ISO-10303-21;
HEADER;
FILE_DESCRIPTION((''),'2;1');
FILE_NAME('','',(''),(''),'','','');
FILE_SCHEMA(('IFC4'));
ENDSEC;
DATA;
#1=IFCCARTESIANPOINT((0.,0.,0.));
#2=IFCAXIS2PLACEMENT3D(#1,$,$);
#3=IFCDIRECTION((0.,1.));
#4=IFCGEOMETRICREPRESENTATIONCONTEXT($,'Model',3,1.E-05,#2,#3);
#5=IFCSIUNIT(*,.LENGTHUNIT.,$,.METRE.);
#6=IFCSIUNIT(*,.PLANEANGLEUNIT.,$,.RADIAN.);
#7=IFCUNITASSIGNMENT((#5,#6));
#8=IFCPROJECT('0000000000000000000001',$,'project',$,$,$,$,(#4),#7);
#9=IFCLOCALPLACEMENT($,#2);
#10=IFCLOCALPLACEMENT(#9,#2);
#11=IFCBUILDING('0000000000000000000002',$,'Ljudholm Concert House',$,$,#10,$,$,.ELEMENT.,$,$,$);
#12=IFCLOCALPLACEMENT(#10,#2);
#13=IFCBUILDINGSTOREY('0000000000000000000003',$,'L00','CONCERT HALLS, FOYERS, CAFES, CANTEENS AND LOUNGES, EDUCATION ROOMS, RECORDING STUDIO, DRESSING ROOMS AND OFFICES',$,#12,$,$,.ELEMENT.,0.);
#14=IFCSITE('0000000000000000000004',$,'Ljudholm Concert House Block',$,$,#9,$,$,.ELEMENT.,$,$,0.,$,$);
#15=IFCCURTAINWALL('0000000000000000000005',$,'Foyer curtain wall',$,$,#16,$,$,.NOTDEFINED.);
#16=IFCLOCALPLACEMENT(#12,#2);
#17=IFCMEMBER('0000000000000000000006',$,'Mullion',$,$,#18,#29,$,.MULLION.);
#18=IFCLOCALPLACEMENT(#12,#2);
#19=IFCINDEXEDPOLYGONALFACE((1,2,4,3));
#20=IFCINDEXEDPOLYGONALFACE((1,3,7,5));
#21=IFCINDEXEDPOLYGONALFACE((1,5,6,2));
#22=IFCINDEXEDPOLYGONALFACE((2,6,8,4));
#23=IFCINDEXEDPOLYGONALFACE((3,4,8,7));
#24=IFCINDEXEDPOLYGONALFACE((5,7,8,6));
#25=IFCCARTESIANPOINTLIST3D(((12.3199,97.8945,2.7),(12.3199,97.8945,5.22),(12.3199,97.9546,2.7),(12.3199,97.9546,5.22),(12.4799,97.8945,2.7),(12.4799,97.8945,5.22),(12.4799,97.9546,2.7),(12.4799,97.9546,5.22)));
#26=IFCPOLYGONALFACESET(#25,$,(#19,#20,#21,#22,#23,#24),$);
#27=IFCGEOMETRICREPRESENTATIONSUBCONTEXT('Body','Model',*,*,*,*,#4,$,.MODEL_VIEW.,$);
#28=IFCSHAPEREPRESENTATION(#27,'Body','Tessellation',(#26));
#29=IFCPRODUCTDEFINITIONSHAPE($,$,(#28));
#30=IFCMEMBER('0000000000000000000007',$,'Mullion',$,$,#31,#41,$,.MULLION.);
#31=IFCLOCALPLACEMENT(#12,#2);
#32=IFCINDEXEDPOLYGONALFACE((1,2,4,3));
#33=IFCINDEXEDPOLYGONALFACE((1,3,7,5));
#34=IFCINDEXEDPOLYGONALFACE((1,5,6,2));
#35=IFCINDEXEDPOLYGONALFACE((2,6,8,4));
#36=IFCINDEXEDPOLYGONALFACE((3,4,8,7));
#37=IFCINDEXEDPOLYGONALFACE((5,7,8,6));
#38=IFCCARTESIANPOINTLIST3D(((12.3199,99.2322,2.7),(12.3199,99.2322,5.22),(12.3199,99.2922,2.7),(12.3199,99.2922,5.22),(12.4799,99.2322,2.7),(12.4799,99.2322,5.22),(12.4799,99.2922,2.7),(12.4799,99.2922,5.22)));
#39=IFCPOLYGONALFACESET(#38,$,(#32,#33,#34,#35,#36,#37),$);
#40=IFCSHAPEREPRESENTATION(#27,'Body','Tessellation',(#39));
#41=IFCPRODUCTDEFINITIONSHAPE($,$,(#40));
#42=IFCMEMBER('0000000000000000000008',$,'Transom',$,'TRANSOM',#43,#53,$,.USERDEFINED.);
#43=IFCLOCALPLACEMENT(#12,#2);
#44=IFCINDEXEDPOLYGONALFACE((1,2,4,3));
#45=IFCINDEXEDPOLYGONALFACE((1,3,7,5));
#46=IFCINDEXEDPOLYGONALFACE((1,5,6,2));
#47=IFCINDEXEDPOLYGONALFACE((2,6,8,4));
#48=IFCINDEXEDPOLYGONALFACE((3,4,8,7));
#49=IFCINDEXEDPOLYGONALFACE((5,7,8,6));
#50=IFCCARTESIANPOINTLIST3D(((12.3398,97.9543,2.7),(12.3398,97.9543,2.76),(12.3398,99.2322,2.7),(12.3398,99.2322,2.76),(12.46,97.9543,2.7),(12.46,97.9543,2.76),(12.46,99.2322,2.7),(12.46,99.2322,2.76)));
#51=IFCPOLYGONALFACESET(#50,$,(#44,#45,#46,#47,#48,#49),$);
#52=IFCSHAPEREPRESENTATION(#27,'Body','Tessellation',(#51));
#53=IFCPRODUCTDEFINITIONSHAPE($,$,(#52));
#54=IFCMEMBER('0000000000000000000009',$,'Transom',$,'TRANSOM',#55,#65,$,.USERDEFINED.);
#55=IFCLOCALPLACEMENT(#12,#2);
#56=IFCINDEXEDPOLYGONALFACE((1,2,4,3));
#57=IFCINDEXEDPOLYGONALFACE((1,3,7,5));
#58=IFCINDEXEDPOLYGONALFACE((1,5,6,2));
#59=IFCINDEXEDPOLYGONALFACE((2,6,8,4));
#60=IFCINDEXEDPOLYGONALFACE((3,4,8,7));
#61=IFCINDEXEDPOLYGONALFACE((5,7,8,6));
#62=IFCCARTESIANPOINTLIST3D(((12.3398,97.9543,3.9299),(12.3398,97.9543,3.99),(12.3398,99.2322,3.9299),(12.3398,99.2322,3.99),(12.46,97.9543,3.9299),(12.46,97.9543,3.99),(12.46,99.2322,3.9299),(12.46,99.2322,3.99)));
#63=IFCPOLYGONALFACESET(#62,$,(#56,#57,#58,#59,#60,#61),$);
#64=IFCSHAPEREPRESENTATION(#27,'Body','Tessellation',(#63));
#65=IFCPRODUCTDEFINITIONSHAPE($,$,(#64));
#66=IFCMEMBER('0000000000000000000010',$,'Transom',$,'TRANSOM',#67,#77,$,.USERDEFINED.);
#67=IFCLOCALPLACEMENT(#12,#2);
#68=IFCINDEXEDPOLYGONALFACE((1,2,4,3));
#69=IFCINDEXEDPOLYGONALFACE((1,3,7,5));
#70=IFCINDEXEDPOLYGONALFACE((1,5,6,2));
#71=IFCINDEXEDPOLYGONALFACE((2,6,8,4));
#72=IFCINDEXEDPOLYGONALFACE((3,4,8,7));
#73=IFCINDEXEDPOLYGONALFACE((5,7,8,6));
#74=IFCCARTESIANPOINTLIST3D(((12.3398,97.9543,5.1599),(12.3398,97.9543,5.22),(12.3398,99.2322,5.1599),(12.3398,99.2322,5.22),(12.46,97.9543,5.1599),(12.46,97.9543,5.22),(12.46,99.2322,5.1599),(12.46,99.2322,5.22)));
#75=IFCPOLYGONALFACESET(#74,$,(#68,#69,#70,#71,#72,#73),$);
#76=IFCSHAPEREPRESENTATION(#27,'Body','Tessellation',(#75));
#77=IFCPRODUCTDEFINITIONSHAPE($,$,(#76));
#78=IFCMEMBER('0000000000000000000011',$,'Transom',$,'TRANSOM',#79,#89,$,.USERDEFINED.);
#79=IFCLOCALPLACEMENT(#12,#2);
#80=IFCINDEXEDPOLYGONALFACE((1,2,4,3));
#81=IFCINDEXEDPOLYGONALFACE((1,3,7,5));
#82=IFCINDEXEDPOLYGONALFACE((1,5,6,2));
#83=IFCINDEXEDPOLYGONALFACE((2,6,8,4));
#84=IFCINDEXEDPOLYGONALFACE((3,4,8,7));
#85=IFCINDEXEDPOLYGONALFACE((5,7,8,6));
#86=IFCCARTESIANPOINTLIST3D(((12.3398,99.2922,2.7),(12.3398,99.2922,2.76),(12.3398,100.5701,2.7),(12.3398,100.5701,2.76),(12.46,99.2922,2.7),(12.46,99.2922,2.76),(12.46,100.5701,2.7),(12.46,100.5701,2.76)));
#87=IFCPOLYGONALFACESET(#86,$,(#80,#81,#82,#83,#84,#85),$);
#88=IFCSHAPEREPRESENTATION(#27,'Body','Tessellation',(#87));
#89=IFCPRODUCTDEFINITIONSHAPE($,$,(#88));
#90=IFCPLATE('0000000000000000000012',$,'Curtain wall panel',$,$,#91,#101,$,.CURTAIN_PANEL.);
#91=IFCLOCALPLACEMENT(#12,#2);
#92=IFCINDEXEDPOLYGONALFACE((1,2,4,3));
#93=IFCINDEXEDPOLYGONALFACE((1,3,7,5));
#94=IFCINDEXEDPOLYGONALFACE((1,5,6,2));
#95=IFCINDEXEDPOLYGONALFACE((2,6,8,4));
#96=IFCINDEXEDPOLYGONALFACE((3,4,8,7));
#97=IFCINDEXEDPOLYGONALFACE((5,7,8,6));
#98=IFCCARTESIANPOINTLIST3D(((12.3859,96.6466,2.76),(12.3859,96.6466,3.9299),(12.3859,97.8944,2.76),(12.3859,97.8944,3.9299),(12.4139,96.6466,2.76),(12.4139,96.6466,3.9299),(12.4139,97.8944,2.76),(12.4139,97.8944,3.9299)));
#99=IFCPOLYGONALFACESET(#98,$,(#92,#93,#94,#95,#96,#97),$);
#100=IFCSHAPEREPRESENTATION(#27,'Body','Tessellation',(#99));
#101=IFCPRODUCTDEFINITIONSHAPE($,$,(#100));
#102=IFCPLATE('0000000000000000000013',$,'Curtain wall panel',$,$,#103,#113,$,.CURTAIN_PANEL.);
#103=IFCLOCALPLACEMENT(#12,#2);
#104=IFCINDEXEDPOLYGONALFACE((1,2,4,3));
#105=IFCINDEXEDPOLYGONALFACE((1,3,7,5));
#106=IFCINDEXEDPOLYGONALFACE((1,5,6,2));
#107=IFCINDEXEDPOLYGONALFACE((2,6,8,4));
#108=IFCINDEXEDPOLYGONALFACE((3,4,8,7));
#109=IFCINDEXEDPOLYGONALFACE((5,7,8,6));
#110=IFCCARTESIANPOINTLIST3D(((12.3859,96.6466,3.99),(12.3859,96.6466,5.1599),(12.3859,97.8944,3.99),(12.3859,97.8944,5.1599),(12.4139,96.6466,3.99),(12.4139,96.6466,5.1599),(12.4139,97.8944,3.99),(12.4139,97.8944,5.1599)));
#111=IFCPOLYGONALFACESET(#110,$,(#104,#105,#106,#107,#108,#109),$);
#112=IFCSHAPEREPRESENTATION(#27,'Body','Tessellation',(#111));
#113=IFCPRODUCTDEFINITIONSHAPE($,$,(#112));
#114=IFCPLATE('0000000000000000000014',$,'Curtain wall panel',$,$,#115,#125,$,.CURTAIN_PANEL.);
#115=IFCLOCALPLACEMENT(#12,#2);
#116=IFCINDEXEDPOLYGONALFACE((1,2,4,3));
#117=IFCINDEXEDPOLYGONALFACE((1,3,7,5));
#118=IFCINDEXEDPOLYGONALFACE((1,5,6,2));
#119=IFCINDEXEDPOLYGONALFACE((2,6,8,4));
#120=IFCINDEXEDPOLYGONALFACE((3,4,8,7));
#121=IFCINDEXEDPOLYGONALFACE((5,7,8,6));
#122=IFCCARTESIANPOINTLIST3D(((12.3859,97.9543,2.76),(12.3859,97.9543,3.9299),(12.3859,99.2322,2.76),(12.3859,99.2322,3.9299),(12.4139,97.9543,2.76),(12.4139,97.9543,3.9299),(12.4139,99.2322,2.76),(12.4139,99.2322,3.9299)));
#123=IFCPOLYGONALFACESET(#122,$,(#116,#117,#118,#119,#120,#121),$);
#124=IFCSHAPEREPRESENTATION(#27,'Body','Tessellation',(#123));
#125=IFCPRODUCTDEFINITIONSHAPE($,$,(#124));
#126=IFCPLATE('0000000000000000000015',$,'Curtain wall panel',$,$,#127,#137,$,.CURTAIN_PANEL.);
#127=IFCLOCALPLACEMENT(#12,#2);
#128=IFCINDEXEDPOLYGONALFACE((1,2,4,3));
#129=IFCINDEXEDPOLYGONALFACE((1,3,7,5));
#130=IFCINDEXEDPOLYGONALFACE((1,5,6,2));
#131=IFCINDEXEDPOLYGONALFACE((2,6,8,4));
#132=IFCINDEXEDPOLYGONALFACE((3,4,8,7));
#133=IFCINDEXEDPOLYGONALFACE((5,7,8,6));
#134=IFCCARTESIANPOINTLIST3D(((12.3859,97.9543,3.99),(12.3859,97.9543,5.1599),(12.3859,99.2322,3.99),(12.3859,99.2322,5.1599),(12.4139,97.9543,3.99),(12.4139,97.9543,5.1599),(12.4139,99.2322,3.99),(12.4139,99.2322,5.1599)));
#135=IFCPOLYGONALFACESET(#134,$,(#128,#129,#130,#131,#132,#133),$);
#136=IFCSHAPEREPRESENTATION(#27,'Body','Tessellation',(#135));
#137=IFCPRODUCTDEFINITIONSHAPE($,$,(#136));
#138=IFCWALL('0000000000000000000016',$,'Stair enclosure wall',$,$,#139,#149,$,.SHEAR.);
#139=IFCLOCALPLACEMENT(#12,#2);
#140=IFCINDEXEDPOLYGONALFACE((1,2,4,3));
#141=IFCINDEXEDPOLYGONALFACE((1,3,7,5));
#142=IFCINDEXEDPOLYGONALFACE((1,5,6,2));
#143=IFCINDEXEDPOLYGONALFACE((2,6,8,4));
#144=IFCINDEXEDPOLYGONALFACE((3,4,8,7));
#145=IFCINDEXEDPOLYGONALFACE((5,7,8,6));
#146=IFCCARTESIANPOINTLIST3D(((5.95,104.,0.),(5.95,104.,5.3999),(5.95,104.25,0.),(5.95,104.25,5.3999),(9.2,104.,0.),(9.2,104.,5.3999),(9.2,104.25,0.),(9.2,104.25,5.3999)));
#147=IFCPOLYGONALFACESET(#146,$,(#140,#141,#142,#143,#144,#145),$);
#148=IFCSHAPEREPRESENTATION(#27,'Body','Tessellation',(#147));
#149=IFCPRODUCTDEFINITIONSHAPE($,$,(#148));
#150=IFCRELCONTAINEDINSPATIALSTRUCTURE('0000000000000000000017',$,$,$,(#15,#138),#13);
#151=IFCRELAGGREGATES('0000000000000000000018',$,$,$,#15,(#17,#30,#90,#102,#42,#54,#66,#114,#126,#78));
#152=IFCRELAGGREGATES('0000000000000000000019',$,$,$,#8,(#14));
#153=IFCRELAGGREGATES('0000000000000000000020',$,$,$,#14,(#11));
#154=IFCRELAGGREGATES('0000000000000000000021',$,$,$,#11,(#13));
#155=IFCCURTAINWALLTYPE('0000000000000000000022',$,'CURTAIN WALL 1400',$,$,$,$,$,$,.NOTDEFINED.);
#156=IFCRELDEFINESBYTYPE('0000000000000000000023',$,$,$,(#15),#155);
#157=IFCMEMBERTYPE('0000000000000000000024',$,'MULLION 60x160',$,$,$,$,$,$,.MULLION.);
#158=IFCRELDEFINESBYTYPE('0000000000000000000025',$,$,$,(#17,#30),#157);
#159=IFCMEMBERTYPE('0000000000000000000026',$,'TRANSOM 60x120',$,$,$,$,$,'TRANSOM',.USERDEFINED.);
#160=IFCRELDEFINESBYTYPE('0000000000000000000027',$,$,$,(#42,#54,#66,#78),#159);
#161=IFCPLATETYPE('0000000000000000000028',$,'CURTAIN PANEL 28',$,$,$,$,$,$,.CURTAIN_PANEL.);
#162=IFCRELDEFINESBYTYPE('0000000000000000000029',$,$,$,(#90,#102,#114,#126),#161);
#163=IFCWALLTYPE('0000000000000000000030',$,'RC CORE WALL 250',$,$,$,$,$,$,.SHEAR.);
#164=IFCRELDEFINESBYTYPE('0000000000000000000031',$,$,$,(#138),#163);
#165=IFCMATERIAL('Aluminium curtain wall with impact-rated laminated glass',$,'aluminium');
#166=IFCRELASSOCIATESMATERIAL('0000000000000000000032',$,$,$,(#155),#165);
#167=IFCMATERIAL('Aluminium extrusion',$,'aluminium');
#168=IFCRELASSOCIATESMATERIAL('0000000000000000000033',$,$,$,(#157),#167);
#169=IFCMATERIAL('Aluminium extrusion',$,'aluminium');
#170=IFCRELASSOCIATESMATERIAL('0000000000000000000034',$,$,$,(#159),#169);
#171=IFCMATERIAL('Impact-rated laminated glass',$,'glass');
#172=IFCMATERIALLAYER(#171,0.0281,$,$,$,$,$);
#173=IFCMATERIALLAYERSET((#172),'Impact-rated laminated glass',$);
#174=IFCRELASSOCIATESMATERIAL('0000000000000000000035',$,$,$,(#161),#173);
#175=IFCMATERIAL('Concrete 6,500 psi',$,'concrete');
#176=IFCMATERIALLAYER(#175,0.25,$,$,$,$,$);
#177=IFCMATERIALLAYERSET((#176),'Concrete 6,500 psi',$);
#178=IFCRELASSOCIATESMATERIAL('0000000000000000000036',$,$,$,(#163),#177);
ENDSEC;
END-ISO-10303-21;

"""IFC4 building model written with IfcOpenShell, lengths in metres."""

from ifc_helpers import new_model, si_unit, direction, frame, frame_2d, origin, origin_2d, place, context, subcontext, project, spatial, rectangle, extrude, material, layer, layer_set, material_profile, profile_set, type_object, element, aggregate, save


model = new_model("IFC4")

# Units and contexts
model_context = context("Model", 3, precision=1e-05, world=origin(), true_north=direction((0.0, 1.0)))
body_context = subcontext(model_context, "Body", "Model", "MODEL_VIEW")
ifc_project = project(units=[si_unit("LENGTHUNIT", "METRE"), si_unit("PLANEANGLEUNIT", "RADIAN")], contexts=[model_context])

# Site, building, storey
site_placement = place(None, origin())
site = spatial("IfcSite", under=ifc_project, at=site_placement, Name="Ljudholm Concert House Block", CompositionType="ELEMENT", RefElevation=0.0)
building_placement = place(site_placement, origin())
building = spatial("IfcBuilding", under=site, at=building_placement, Name="Ljudholm Concert House", CompositionType="ELEMENT")
storey_placement = place(building_placement, origin())
storey = spatial("IfcBuildingStorey", under=building, at=storey_placement, Name="L00", Description="CONCERT HALLS, FOYERS, CAFES, CANTEENS AND LOUNGES, EDUCATION ROOMS, RECORDING STUDIO, DRESSING ROOMS AND OFFICES", CompositionType="ELEMENT", Elevation=0.0)

# Curtain wall, members, plates
ifc_material_1 = material(Name="Aluminium curtain wall with impact-rated laminated glass", Category="aluminium")
curtain_wall_type = type_object("IfcCurtainWallType", Name="CURTAIN WALL 1400", PredefinedType="NOTDEFINED", material=ifc_material_1)
curtain_wall_placement = place(storey_placement, origin())
curtain_wall = element("IfcCurtainWall", 1, at=curtain_wall_placement, inside=storey, type_object=curtain_wall_type, Name="Foyer curtain wall", PredefinedType="NOTDEFINED")
ifc_material_2 = material(Name="Aluminium extrusion", Category="aluminium")
ifc_material_profile_1 = material_profile(ifc_material_2, rectangle(XDim=0.1599, YDim=0.0601, at=origin_2d()), Name="MULLION 60x160")
ifc_profile_set_1 = profile_set([ifc_material_profile_1], Name="Aluminium extrusion")
member_type_1 = type_object("IfcMemberType", Name="MULLION 60x160", PredefinedType="MULLION", material=ifc_profile_set_1)
member_1_placement = place(storey_placement, frame((12.3999, 97.9246, 2.7), z_axis=(0.0, 0.0, 1.0), x_axis=(-1.0, 0.0, 0.0)))
member_1 = element("IfcMember", 2, at=member_1_placement, type_object=member_type_1, Name="Mullion", PredefinedType="MULLION", context=body_context, shape_type="SweptSolid", body=[
    extrude(rectangle(XDim=0.1599, YDim=0.0601, at=origin_2d()), origin(), (0.0, 0.0, 1.0), 2.52),
])
member_2_placement = place(storey_placement, frame((12.3999, 99.2622, 2.7), z_axis=(0.0, 0.0, 1.0), x_axis=(-1.0, 0.0, 0.0)))
member_2 = element("IfcMember", 3, at=member_2_placement, type_object=member_type_1, Name="Mullion", PredefinedType="MULLION", context=body_context, shape_type="SweptSolid", body=[
    extrude(rectangle(XDim=0.1599, YDim=0.0601, at=origin_2d()), origin(), (0.0, 0.0, 1.0), 2.52),
])
ifc_material_3 = material(Name="Aluminium extrusion", Category="aluminium")
ifc_material_profile_2 = material_profile(ifc_material_3, rectangle(XDim=0.1201, YDim=0.0601, at=origin_2d()), Name="TRANSOM 60x120")
ifc_profile_set_2 = profile_set([ifc_material_profile_2], Name="Aluminium extrusion")
member_type_2 = type_object("IfcMemberType", Name="TRANSOM 60x120", ElementType="TRANSOM", PredefinedType="USERDEFINED", material=ifc_profile_set_2)
member_3_placement = place(storey_placement, frame((12.3999, 97.9543, 2.73), z_axis=(0.0, 1.0, 0.0), x_axis=(-1.0, 0.0, 0.0)))
member_3 = element("IfcMember", 4, at=member_3_placement, type_object=member_type_2, Name="Transom", ObjectType="TRANSOM", PredefinedType="USERDEFINED", context=body_context, shape_type="SweptSolid", body=[
    extrude(rectangle(XDim=0.1201, YDim=0.0601, at=origin_2d()), origin(), (0.0, 0.0, 1.0), 1.2778),
])
member_4_placement = place(storey_placement, frame((12.3999, 97.9543, 3.96), z_axis=(0.0, 1.0, 0.0), x_axis=(-1.0, 0.0, 0.0)))
member_4 = element("IfcMember", 5, at=member_4_placement, type_object=member_type_2, Name="Transom", ObjectType="TRANSOM", PredefinedType="USERDEFINED", context=body_context, shape_type="SweptSolid", body=[
    extrude(rectangle(XDim=0.1201, YDim=0.0601, at=origin_2d()), origin(), (0.0, 0.0, 1.0), 1.2778),
])
member_5_placement = place(storey_placement, frame((12.3999, 97.9543, 5.1899), z_axis=(0.0, 1.0, 0.0), x_axis=(-1.0, 0.0, 0.0)))
member_5 = element("IfcMember", 6, at=member_5_placement, type_object=member_type_2, Name="Transom", ObjectType="TRANSOM", PredefinedType="USERDEFINED", context=body_context, shape_type="SweptSolid", body=[
    extrude(rectangle(XDim=0.1201, YDim=0.0601, at=origin_2d()), origin(), (0.0, 0.0, 1.0), 1.2778),
])
member_6_placement = place(storey_placement, frame((12.3999, 99.2922, 2.73), z_axis=(0.0, 1.0, 0.0), x_axis=(-1.0, 0.0, 0.0)))
member_6 = element("IfcMember", 7, at=member_6_placement, type_object=member_type_2, Name="Transom", ObjectType="TRANSOM", PredefinedType="USERDEFINED", context=body_context, shape_type="SweptSolid", body=[
    extrude(rectangle(XDim=0.1201, YDim=0.0601, at=origin_2d()), origin(), (0.0, 0.0, 1.0), 1.2778),
])
ifc_material_4 = material(Name="Impact-rated laminated glass", Category="glass")
ifc_layer_1 = layer(ifc_material_4, 0.0281)
ifc_layer_set_1 = layer_set([ifc_layer_1], Name="Impact-rated laminated glass")
plate_type = type_object("IfcPlateType", Name="CURTAIN PANEL 28", PredefinedType="CURTAIN_PANEL", material=ifc_layer_set_1)
plate_1_placement = place(storey_placement, frame((12.3999, 97.2705, 2.76), z_axis=(0.0, 0.0, 1.0), x_axis=(0.0, 1.0, 0.0)))
plate_1 = element("IfcPlate", 8, at=plate_1_placement, type_object=plate_type, Name="Curtain wall panel", PredefinedType="CURTAIN_PANEL", context=body_context, shape_type="SweptSolid", body=[
    extrude(rectangle(XDim=1.2478, YDim=0.0281, at=origin_2d()), origin(), (0.0, 0.0, 1.0), 1.1699),
])
plate_2_placement = place(storey_placement, frame((12.3999, 97.2705, 3.99), z_axis=(0.0, 0.0, 1.0), x_axis=(0.0, 1.0, 0.0)))
plate_2 = element("IfcPlate", 9, at=plate_2_placement, type_object=plate_type, Name="Curtain wall panel", PredefinedType="CURTAIN_PANEL", context=body_context, shape_type="SweptSolid", body=[
    extrude(rectangle(XDim=1.2478, YDim=0.0281, at=origin_2d()), origin(), (0.0, 0.0, 1.0), 1.1699),
])
plate_3_placement = place(storey_placement, frame((12.3999, 98.5933, 2.76), z_axis=(0.0, 0.0, 1.0), x_axis=(0.0, 1.0, 0.0)))
plate_3 = element("IfcPlate", 10, at=plate_3_placement, type_object=plate_type, Name="Curtain wall panel", PredefinedType="CURTAIN_PANEL", context=body_context, shape_type="SweptSolid", body=[
    extrude(rectangle(XDim=1.2778, YDim=0.0281, at=origin_2d()), origin(), (0.0, 0.0, 1.0), 1.1699),
])
plate_4_placement = place(storey_placement, frame((12.3999, 98.5933, 3.99), z_axis=(0.0, 0.0, 1.0), x_axis=(0.0, 1.0, 0.0)))
plate_4 = element("IfcPlate", 11, at=plate_4_placement, type_object=plate_type, Name="Curtain wall panel", PredefinedType="CURTAIN_PANEL", context=body_context, shape_type="SweptSolid", body=[
    extrude(rectangle(XDim=1.2778, YDim=0.0281, at=origin_2d()), origin(), (0.0, 0.0, 1.0), 1.1699),
])
aggregate(curtain_wall, [member_1, member_2, plate_1, plate_2, member_3, member_4, member_5, plate_3, plate_4, member_6])

# Wall
ifc_material_5 = material(Name="Concrete 6,500 psi", Category="concrete")
ifc_layer_2 = layer(ifc_material_5, 0.25)
ifc_layer_set_2 = layer_set([ifc_layer_2], Name="Concrete 6,500 psi")
wall_type = type_object("IfcWallType", Name="RC CORE WALL 250", PredefinedType="SHEAR", material=ifc_layer_set_2)
wall_placement = place(storey_placement, frame((5.95, 104.125, 0.0), z_axis=(0.0, 0.0, 1.0), x_axis=(1.0, 0.0, 0.0)))
element("IfcWall", 12, at=wall_placement, inside=storey, type_object=wall_type, Name="Stair enclosure wall", PredefinedType="SHEAR", context=body_context, shape_type="SweptSolid", body=[
    extrude(rectangle(XDim=3.25, YDim=0.25, at=frame_2d((1.625, 0.0))), origin(), (0.0, 0.0, 1.0), 5.3999),
])

save(model, "model.ifc")
